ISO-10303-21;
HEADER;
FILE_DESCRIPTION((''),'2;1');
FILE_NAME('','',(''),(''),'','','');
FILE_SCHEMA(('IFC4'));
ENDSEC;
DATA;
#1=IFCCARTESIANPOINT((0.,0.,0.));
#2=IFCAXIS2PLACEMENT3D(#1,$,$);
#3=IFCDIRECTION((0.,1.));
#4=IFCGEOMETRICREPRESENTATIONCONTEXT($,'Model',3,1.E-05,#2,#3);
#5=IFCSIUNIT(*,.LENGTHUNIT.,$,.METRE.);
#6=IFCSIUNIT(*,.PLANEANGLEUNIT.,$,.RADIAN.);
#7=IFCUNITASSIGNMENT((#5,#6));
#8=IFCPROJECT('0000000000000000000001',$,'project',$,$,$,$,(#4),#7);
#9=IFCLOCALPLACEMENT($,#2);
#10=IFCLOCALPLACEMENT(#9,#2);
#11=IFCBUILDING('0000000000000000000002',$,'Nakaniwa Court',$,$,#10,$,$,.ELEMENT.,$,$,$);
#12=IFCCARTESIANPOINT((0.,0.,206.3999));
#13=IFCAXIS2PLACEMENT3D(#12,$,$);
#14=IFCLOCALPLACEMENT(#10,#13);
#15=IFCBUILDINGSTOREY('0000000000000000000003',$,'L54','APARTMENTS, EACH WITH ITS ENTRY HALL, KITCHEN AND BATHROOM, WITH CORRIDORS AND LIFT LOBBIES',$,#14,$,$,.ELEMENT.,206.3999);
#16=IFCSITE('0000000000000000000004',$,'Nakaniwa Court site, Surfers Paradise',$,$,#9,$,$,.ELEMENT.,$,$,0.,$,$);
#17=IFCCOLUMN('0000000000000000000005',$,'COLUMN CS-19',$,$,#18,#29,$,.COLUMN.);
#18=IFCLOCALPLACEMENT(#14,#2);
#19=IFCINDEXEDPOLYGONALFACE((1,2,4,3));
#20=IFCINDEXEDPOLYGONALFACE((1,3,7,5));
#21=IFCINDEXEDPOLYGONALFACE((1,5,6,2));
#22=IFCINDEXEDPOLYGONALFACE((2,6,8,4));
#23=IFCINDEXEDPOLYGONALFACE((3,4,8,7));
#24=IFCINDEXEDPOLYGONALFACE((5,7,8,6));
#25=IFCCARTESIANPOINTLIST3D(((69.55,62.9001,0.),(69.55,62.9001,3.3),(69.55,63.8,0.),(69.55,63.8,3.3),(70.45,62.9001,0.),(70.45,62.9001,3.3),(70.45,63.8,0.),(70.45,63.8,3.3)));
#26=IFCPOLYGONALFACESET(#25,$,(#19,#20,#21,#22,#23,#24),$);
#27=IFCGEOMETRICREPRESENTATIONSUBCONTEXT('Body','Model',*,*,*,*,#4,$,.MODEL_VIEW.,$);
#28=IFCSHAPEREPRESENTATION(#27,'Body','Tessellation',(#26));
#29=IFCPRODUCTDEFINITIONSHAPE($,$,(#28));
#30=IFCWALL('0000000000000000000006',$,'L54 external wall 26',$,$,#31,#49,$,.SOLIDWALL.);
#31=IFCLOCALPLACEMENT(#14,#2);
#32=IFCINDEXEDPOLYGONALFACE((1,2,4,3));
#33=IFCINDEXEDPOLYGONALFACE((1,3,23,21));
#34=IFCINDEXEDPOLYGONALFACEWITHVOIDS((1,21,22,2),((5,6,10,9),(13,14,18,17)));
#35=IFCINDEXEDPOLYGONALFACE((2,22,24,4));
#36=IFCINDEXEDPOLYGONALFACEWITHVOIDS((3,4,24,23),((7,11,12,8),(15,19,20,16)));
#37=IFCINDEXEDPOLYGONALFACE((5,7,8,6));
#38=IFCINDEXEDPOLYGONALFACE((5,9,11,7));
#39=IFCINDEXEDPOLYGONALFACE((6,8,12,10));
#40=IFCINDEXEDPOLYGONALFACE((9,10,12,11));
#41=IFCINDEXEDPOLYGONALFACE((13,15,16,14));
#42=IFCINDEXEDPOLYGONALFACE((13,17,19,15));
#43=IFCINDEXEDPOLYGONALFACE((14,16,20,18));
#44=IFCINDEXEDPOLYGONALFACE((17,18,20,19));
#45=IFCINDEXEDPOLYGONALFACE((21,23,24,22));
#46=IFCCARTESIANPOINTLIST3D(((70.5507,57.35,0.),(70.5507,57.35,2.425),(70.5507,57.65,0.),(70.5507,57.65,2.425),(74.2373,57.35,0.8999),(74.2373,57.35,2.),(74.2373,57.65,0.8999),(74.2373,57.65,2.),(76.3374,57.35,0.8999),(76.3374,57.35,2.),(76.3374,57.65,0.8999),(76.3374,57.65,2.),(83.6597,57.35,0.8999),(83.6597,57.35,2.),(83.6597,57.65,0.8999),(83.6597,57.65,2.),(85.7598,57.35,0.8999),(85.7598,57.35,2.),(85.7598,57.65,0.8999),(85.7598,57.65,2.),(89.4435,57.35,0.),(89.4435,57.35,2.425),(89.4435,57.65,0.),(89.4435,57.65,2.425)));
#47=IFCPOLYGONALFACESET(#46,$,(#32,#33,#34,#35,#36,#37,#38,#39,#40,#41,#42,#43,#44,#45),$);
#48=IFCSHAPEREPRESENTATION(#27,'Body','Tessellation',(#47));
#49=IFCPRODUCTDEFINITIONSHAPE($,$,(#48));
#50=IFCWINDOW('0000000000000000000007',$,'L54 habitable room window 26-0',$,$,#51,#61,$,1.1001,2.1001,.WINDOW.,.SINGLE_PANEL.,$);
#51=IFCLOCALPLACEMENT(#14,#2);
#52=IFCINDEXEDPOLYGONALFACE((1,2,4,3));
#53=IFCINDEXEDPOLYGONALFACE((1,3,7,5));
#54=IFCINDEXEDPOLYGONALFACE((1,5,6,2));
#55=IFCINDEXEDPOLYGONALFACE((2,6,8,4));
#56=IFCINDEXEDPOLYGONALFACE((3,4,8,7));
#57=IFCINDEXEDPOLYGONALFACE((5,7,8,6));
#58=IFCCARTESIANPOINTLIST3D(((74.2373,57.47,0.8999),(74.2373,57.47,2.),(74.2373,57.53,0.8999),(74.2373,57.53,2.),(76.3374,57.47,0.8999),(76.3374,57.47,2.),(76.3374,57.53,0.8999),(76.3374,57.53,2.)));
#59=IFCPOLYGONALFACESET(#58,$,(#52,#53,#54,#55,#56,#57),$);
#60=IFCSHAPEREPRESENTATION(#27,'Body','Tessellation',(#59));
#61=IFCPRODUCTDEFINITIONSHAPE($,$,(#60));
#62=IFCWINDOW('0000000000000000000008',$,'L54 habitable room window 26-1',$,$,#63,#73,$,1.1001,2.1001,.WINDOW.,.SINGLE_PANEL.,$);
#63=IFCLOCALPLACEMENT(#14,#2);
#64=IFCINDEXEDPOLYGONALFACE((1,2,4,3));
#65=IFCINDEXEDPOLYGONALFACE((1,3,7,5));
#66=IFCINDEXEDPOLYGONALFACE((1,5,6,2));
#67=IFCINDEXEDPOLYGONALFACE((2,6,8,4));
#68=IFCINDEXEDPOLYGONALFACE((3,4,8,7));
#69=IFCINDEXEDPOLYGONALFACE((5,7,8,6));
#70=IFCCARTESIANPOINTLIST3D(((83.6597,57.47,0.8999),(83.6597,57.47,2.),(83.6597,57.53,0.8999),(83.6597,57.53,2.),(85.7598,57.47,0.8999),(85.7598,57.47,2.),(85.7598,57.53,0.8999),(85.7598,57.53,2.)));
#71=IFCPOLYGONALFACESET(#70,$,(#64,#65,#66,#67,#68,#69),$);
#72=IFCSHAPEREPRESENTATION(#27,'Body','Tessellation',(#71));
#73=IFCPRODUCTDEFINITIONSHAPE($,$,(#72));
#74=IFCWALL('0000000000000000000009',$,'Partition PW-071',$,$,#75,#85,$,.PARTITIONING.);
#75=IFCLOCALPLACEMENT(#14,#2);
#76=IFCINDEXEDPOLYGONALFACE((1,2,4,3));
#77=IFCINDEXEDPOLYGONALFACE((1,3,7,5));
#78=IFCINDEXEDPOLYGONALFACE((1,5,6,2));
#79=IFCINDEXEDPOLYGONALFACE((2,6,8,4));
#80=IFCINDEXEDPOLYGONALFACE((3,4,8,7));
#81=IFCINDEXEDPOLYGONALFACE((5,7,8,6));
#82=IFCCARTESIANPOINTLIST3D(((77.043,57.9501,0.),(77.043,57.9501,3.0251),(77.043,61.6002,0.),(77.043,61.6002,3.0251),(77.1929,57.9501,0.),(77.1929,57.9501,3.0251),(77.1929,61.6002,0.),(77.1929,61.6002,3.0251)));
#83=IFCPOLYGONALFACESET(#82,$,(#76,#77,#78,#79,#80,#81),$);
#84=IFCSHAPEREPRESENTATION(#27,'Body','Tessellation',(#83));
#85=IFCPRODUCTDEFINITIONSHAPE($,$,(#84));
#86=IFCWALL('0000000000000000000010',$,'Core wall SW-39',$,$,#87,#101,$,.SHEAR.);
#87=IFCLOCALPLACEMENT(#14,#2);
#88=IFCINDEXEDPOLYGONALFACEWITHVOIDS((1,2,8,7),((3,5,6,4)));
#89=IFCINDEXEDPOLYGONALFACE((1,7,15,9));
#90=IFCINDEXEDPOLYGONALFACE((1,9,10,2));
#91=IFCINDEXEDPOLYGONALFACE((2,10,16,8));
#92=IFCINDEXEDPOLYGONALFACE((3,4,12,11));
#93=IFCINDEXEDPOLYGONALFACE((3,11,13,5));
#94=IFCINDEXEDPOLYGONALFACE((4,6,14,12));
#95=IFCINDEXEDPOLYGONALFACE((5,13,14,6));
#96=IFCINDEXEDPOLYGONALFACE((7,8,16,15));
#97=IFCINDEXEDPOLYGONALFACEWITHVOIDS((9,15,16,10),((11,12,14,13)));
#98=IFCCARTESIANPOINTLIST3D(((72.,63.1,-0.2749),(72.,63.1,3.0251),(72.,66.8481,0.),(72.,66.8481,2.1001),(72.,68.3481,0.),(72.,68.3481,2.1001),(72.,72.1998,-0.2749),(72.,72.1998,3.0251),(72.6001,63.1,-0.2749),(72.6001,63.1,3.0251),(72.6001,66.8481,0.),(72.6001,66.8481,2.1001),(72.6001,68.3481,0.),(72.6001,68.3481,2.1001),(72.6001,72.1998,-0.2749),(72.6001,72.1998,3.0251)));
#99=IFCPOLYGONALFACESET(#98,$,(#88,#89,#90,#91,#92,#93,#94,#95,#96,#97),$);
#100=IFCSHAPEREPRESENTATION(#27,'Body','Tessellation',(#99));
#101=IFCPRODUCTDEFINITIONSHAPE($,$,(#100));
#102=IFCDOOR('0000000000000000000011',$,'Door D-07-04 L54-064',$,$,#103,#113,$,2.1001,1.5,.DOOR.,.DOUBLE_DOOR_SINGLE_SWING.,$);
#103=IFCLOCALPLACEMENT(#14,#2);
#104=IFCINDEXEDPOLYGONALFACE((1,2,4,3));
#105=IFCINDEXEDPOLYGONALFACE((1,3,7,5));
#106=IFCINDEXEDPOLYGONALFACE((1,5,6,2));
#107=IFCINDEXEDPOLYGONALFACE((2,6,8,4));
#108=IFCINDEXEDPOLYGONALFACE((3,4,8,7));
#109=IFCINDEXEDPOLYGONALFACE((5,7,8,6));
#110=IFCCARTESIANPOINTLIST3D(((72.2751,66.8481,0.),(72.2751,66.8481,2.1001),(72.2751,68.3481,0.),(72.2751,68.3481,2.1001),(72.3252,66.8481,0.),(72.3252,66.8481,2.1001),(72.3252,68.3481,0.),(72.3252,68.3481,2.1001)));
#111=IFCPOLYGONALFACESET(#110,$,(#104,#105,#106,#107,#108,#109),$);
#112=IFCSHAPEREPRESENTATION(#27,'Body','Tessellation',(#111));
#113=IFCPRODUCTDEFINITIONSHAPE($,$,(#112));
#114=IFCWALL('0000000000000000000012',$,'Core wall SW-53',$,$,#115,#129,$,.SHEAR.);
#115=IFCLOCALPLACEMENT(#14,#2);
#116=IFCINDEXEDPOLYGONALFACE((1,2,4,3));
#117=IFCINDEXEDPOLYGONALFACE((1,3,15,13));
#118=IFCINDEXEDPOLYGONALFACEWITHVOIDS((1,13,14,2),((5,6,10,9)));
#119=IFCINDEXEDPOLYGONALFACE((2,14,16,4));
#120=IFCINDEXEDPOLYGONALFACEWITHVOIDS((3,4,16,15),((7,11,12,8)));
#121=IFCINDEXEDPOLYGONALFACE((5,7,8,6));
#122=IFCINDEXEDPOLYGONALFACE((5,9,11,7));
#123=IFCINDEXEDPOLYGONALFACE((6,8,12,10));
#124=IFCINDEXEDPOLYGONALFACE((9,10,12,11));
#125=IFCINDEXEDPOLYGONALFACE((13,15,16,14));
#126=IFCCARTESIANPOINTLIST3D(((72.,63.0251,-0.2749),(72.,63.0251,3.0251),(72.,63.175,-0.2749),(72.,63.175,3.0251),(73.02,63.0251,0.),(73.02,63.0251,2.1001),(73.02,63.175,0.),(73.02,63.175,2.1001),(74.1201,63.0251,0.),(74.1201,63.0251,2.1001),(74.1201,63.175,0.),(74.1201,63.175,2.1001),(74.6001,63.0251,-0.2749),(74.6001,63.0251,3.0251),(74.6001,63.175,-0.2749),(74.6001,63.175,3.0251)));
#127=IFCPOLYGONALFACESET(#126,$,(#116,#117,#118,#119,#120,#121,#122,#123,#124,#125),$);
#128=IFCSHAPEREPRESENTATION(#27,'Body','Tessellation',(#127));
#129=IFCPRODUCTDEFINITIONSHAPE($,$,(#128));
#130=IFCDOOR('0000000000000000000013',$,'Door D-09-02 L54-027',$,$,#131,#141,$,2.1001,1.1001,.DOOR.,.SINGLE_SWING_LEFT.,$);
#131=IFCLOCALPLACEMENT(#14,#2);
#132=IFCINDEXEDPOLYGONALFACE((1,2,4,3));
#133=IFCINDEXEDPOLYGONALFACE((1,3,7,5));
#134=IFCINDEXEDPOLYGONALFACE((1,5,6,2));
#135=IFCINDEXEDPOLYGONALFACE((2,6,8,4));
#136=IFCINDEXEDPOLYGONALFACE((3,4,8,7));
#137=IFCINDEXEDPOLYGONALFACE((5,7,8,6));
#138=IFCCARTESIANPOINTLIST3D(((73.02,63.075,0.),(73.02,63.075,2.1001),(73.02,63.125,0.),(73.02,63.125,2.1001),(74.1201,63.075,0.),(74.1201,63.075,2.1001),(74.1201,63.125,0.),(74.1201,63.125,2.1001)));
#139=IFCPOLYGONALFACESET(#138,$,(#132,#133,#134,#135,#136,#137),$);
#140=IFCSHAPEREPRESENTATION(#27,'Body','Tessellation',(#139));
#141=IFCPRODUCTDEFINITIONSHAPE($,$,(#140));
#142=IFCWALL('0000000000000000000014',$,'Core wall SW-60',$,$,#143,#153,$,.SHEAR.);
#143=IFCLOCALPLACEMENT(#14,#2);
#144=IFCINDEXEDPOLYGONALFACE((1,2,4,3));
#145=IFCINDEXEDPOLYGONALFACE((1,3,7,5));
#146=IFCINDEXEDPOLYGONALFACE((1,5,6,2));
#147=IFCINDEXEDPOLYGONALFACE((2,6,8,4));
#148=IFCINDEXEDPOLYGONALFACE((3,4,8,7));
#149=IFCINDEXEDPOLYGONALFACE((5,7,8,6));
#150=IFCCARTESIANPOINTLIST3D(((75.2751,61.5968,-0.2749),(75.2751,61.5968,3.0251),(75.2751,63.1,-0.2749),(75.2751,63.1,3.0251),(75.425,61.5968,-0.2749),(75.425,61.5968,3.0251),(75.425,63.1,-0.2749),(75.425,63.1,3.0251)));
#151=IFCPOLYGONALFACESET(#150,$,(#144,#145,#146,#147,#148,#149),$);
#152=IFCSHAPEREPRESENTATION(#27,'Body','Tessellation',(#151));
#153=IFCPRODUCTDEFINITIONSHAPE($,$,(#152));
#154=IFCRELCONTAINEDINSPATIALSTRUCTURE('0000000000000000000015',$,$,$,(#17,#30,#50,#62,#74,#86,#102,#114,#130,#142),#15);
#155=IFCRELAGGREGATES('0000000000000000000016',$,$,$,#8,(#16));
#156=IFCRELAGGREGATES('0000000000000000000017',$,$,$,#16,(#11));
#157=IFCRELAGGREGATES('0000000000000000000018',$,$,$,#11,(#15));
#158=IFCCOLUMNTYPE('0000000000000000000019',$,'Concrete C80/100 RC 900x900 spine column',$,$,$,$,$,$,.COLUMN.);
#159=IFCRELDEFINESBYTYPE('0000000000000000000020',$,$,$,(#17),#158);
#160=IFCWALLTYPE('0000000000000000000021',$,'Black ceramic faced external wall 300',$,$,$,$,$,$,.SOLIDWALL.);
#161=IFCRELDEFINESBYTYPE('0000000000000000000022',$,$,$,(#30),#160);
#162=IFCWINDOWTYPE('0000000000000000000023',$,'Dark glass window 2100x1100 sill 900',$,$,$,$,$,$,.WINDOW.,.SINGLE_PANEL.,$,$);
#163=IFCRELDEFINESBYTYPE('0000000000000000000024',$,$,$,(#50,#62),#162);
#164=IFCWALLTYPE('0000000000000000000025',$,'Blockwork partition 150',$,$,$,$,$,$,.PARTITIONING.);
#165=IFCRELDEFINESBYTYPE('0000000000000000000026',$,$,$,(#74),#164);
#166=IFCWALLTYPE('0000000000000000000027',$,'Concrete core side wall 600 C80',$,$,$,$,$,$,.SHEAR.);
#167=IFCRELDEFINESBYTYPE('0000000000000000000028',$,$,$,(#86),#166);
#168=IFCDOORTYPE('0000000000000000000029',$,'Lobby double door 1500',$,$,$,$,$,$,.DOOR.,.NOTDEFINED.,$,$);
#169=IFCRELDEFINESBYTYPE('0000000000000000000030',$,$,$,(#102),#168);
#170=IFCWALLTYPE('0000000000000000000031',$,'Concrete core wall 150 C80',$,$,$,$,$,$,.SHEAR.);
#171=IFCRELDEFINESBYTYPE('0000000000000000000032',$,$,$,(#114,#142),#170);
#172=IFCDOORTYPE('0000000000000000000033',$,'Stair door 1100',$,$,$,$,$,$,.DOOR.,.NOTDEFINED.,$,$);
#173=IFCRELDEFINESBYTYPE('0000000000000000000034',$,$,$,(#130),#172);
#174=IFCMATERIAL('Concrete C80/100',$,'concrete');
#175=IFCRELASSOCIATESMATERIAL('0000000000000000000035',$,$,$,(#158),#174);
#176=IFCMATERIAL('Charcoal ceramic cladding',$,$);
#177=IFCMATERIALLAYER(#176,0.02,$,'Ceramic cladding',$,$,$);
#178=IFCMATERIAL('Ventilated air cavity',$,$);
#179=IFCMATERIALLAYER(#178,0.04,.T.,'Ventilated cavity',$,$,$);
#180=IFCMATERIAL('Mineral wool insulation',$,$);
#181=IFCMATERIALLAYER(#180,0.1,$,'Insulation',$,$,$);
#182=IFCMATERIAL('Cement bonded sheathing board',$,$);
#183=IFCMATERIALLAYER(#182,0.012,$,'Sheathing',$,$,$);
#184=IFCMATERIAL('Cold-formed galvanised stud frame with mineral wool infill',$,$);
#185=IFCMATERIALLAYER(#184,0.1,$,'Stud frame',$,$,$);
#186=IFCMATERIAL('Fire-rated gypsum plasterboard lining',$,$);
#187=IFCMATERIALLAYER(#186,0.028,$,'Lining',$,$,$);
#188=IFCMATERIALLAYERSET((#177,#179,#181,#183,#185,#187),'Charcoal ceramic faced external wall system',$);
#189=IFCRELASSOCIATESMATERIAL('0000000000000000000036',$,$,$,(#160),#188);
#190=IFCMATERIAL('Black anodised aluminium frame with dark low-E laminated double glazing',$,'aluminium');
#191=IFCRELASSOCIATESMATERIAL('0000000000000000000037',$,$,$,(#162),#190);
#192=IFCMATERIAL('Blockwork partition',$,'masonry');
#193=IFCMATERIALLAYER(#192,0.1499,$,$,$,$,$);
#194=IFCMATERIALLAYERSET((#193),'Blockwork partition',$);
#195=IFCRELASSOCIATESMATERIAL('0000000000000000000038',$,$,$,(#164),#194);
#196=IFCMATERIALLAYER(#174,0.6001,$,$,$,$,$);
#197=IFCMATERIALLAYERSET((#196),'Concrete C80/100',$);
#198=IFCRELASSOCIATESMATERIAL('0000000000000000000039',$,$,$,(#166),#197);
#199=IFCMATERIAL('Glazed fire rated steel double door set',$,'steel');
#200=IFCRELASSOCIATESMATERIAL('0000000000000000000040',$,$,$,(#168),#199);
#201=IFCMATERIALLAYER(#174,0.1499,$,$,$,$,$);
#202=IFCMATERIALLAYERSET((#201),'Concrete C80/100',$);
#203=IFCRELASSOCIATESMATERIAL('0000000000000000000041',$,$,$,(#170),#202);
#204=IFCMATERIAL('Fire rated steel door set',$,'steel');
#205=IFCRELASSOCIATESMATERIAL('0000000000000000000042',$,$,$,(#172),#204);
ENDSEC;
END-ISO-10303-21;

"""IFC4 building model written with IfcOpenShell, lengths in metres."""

from ifc_helpers import new_model, si_unit, direction, frame, frame_2d, origin, origin_2d, place, context, subcontext, project, spatial, rectangle, extrude, material, layer, layer_set, material_profile, profile_set, type_object, element, fill, save


model = new_model("IFC4")

# Units and contexts
model_context = context("Model", 3, precision=1e-05, world=origin(), true_north=direction((0.0, 1.0)))
body_context = subcontext(model_context, "Body", "Model", "MODEL_VIEW")
ifc_project = project(units=[si_unit("LENGTHUNIT", "METRE"), si_unit("PLANEANGLEUNIT", "RADIAN")], contexts=[model_context])

# Site, building, storey
site_placement = place(None, origin())
site = spatial("IfcSite", under=ifc_project, at=site_placement, Name="Nakaniwa Court site, Surfers Paradise", CompositionType="ELEMENT", RefElevation=0.0)
building_placement = place(site_placement, origin())
building = spatial("IfcBuilding", under=site, at=building_placement, Name="Nakaniwa Court", CompositionType="ELEMENT")
storey_placement = place(building_placement, frame((0.0, 0.0, 206.3999)))
storey = spatial("IfcBuildingStorey", under=building, at=storey_placement, Name="L54", Description="APARTMENTS, EACH WITH ITS ENTRY HALL, KITCHEN AND BATHROOM, WITH CORRIDORS AND LIFT LOBBIES", CompositionType="ELEMENT", Elevation=206.3999)

# Column
ifc_material_1 = material(Name="Concrete C80/100", Category="concrete")
ifc_material_profile_1 = material_profile(ifc_material_1, rectangle(XDim=0.8999, YDim=0.8999, at=origin_2d()), Name="Concrete C80/100 RC 900x900 spine column")
ifc_profile_set_1 = profile_set([ifc_material_profile_1], Name="Concrete C80/100")
column_type = type_object("IfcColumnType", Name="Concrete C80/100 RC 900x900 spine column", PredefinedType="COLUMN", material=ifc_profile_set_1)
column_placement = place(storey_placement, frame((70.0, 63.3501, 0.0), z_axis=(0.0, 0.0, 1.0), x_axis=(0.0, -1.0, 0.0)))
element("IfcColumn", 1, at=column_placement, inside=storey, type_object=column_type, Name="COLUMN CS-19", PredefinedType="COLUMN", context=body_context, shape_type="SweptSolid", body=[
    extrude(rectangle(XDim=0.8999, YDim=0.8999, at=origin_2d()), origin(), (0.0, 0.0, 1.0), 3.3),
])

# Wall, openings, windows
ifc_material_2 = material(Name="Charcoal ceramic cladding")
ifc_layer_1 = layer(ifc_material_2, 0.02, Name="Ceramic cladding")
ifc_material_3 = material(Name="Ventilated air cavity")
ifc_layer_2 = layer(ifc_material_3, 0.04, ventilated=True, Name="Ventilated cavity")
ifc_material_4 = material(Name="Mineral wool insulation")
ifc_layer_3 = layer(ifc_material_4, 0.1, Name="Insulation")
ifc_material_5 = material(Name="Cement bonded sheathing board")
ifc_layer_4 = layer(ifc_material_5, 0.012, Name="Sheathing")
ifc_material_6 = material(Name="Cold-formed galvanised stud frame with mineral wool infill")
ifc_layer_5 = layer(ifc_material_6, 0.1, Name="Stud frame")
ifc_material_7 = material(Name="Fire-rated gypsum plasterboard lining")
ifc_layer_6 = layer(ifc_material_7, 0.028, Name="Lining")
ifc_layer_set_1 = layer_set([ifc_layer_1, ifc_layer_2, ifc_layer_3, ifc_layer_4, ifc_layer_5, ifc_layer_6], Name="Charcoal ceramic faced external wall system")
wall_type_1 = type_object("IfcWallType", Name="Black ceramic faced external wall 300", PredefinedType="SOLIDWALL", material=ifc_layer_set_1)
wall_1_placement = place(storey_placement, frame((70.5508, 57.5, 0.0), z_axis=(0.0, 0.0, 1.0), x_axis=(1.0, 0.0, 0.0)))
wall_1 = element("IfcWall", 2, at=wall_1_placement, inside=storey, type_object=wall_type_1, Name="L54 external wall 26", PredefinedType="SOLIDWALL", context=body_context, shape_type="SweptSolid", body=[
    extrude(rectangle(XDim=18.8928, YDim=0.3, at=frame_2d((9.4463, 0.0))), origin(), (0.0, 0.0, 1.0), 2.425),
])
opening_1_placement = place(wall_1_placement, frame((3.6865, 0.0, 0.8999)))
opening_1 = element("IfcOpeningElement", 3, at=opening_1_placement, cuts=wall_1, PredefinedType="OPENING", context=body_context, shape_type="SweptSolid", body=[
    extrude(rectangle(XDim=2.1001, YDim=1.1001, at=frame_2d((1.05, 0.55))), frame((0.0, 0.1599, 0.0), z_axis=(0.0, -1.0, 0.0), x_axis=(1.0, 0.0, 0.0)), (0.0, 0.0, 1.0), 0.3201),
])
opening_2_placement = place(wall_1_placement, frame((13.1089, 0.0, 0.8999)))
opening_2 = element("IfcOpeningElement", 4, at=opening_2_placement, cuts=wall_1, PredefinedType="OPENING", context=body_context, shape_type="SweptSolid", body=[
    extrude(rectangle(XDim=2.1001, YDim=1.1001, at=frame_2d((1.05, 0.55))), frame((0.0, 0.1599, 0.0), z_axis=(0.0, -1.0, 0.0), x_axis=(1.0, 0.0, 0.0)), (0.0, 0.0, 1.0), 0.3201),
])
ifc_material_8 = material(Name="Black anodised aluminium frame with dark low-E laminated double glazing", Category="aluminium")
window_type = type_object("IfcWindowType", Name="Dark glass window 2100x1100 sill 900", PartitioningType="SINGLE_PANEL", PredefinedType="WINDOW", material=ifc_material_8)
window_1_placement = place(opening_1_placement, origin())
window_1 = element("IfcWindow", 5, at=window_1_placement, inside=storey, type_object=window_type, Name="L54 habitable room window 26-0", OverallHeight=1.1001, OverallWidth=2.1001, PartitioningType="SINGLE_PANEL", PredefinedType="WINDOW", context=body_context, shape_type="SweptSolid", body=[
    extrude(rectangle(XDim=2.1001, YDim=1.1001, at=frame_2d((1.05, 0.55))), frame((0.0, 0.03, 0.0), z_axis=(0.0, -1.0, 0.0), x_axis=(1.0, 0.0, 0.0)), (0.0, 0.0, 1.0), 0.0601),
])
fill(opening_1, window_1)
window_2_placement = place(opening_2_placement, origin())
window_2 = element("IfcWindow", 6, at=window_2_placement, inside=storey, type_object=window_type, Name="L54 habitable room window 26-1", OverallHeight=1.1001, OverallWidth=2.1001, PartitioningType="SINGLE_PANEL", PredefinedType="WINDOW", context=body_context, shape_type="SweptSolid", body=[
    extrude(rectangle(XDim=2.1001, YDim=1.1001, at=frame_2d((1.05, 0.55))), frame((0.0, 0.03, 0.0), z_axis=(0.0, -1.0, 0.0), x_axis=(1.0, 0.0, 0.0)), (0.0, 0.0, 1.0), 0.0601),
])
fill(opening_2, window_2)

# Wall
ifc_material_9 = material(Name="Blockwork partition", Category="masonry")
ifc_layer_7 = layer(ifc_material_9, 0.1499)
ifc_layer_set_2 = layer_set([ifc_layer_7], Name="Blockwork partition")
wall_type_2 = type_object("IfcWallType", Name="Blockwork partition 150", PredefinedType="PARTITIONING", material=ifc_layer_set_2)
wall_2_placement = place(storey_placement, frame((77.1179, 57.95, 0.0), z_axis=(0.0, 0.0, 1.0), x_axis=(0.0, 1.0, 0.0)))
element("IfcWall", 7, at=wall_2_placement, inside=storey, type_object=wall_type_2, Name="Partition PW-071", PredefinedType="PARTITIONING", context=body_context, shape_type="SweptSolid", body=[
    extrude(rectangle(XDim=3.6501, YDim=0.1499, at=frame_2d((1.8252, 0.0))), origin(), (0.0, 0.0, 1.0), 3.0251),
])

# Walls, openings, doors
ifc_layer_8 = layer(ifc_material_1, 0.6001)
ifc_layer_set_3 = layer_set([ifc_layer_8], Name="Concrete C80/100")
wall_type_3 = type_object("IfcWallType", Name="Concrete core side wall 600 C80", PredefinedType="SHEAR", material=ifc_layer_set_3)
wall_3_placement = place(storey_placement, frame((72.3, 63.1001, -0.2749), z_axis=(0.0, 0.0, 1.0), x_axis=(0.0, 1.0, 0.0)))
wall_3 = element("IfcWall", 8, at=wall_3_placement, inside=storey, type_object=wall_type_3, Name="Core wall SW-39", PredefinedType="SHEAR", context=body_context, shape_type="SweptSolid", body=[
    extrude(rectangle(XDim=9.0999, YDim=0.6001, at=frame_2d((4.5498, 0.0))), origin(), (0.0, 0.0, 1.0), 3.3),
])
opening_3_placement = place(wall_3_placement, frame((3.748, 0.0, 0.2749)))
opening_3 = element("IfcOpeningElement", 9, at=opening_3_placement, cuts=wall_3, PredefinedType="OPENING", context=body_context, shape_type="SweptSolid", body=[
    extrude(rectangle(XDim=1.5, YDim=2.1001, at=frame_2d((0.75, 1.05))), frame((0.0, 0.3101, 0.0), z_axis=(0.0, -1.0, 0.0), x_axis=(1.0, 0.0, 0.0)), (0.0, 0.0, 1.0), 0.6201),
])
ifc_material_10 = material(Name="Glazed fire rated steel double door set", Category="steel")
door_type_1 = type_object("IfcDoorType", Name="Lobby double door 1500", OperationType="NOTDEFINED", PredefinedType="DOOR", material=ifc_material_10)
door_1_placement = place(opening_3_placement, origin())
door_1 = element("IfcDoor", 10, at=door_1_placement, inside=storey, type_object=door_type_1, Name="Door D-07-04 L54-064", OperationType="DOUBLE_DOOR_SINGLE_SWING", OverallHeight=2.1001, OverallWidth=1.5, PredefinedType="DOOR", context=body_context, shape_type="SweptSolid", body=[
    extrude(rectangle(XDim=1.5, YDim=2.1001, at=frame_2d((0.75, 1.05))), frame((0.0, 0.0249, 0.0), z_axis=(0.0, -1.0, 0.0), x_axis=(1.0, 0.0, 0.0)), (0.0, 0.0, 1.0), 0.05),
])
fill(opening_3, door_1)
ifc_layer_9 = layer(ifc_material_1, 0.1499)
ifc_layer_set_4 = layer_set([ifc_layer_9], Name="Concrete C80/100")
wall_type_4 = type_object("IfcWallType", Name="Concrete core wall 150 C80", PredefinedType="SHEAR", material=ifc_layer_set_4)
wall_4_placement = place(storey_placement, frame((72.0, 63.1001, -0.2749), z_axis=(0.0, 0.0, 1.0), x_axis=(1.0, 0.0, 0.0)))
wall_4 = element("IfcWall", 11, at=wall_4_placement, inside=storey, type_object=wall_type_4, Name="Core wall SW-53", PredefinedType="SHEAR", context=body_context, shape_type="SweptSolid", body=[
    extrude(rectangle(XDim=2.6001, YDim=0.1499, at=frame_2d((1.3, 0.0))), origin(), (0.0, 0.0, 1.0), 3.3),
])
opening_4_placement = place(wall_4_placement, frame((1.02, 0.0, 0.2749)))
opening_4 = element("IfcOpeningElement", 12, at=opening_4_placement, cuts=wall_4, PredefinedType="OPENING", context=body_context, shape_type="SweptSolid", body=[
    extrude(rectangle(XDim=1.1001, YDim=2.1001, at=frame_2d((0.55, 1.05))), frame((0.0, 0.085, 0.0), z_axis=(0.0, -1.0, 0.0), x_axis=(1.0, 0.0, 0.0)), (0.0, 0.0, 1.0), 0.1699),
])
ifc_material_11 = material(Name="Fire rated steel door set", Category="steel")
door_type_2 = type_object("IfcDoorType", Name="Stair door 1100", OperationType="NOTDEFINED", PredefinedType="DOOR", material=ifc_material_11)
door_2_placement = place(opening_4_placement, origin())
door_2 = element("IfcDoor", 13, at=door_2_placement, inside=storey, type_object=door_type_2, Name="Door D-09-02 L54-027", OperationType="SINGLE_SWING_LEFT", OverallHeight=2.1001, OverallWidth=1.1001, PredefinedType="DOOR", context=body_context, shape_type="SweptSolid", body=[
    extrude(rectangle(XDim=1.1001, YDim=2.1001, at=frame_2d((0.55, 1.05))), frame((0.0, 0.0249, 0.0), z_axis=(0.0, -1.0, 0.0), x_axis=(1.0, 0.0, 0.0)), (0.0, 0.0, 1.0), 0.05),
])
fill(opening_4, door_2)

# Wall
wall_5_placement = place(storey_placement, frame((75.3501, 61.5969, -0.2749), z_axis=(0.0, 0.0, 1.0), x_axis=(0.0, 1.0, 0.0)))
element("IfcWall", 14, at=wall_5_placement, inside=storey, type_object=wall_type_4, Name="Core wall SW-60", PredefinedType="SHEAR", context=body_context, shape_type="SweptSolid", body=[
    extrude(rectangle(XDim=1.5032, YDim=0.1499, at=frame_2d((0.7515, 0.0))), origin(), (0.0, 0.0, 1.0), 3.3),
])

save(model, "model.ifc")
